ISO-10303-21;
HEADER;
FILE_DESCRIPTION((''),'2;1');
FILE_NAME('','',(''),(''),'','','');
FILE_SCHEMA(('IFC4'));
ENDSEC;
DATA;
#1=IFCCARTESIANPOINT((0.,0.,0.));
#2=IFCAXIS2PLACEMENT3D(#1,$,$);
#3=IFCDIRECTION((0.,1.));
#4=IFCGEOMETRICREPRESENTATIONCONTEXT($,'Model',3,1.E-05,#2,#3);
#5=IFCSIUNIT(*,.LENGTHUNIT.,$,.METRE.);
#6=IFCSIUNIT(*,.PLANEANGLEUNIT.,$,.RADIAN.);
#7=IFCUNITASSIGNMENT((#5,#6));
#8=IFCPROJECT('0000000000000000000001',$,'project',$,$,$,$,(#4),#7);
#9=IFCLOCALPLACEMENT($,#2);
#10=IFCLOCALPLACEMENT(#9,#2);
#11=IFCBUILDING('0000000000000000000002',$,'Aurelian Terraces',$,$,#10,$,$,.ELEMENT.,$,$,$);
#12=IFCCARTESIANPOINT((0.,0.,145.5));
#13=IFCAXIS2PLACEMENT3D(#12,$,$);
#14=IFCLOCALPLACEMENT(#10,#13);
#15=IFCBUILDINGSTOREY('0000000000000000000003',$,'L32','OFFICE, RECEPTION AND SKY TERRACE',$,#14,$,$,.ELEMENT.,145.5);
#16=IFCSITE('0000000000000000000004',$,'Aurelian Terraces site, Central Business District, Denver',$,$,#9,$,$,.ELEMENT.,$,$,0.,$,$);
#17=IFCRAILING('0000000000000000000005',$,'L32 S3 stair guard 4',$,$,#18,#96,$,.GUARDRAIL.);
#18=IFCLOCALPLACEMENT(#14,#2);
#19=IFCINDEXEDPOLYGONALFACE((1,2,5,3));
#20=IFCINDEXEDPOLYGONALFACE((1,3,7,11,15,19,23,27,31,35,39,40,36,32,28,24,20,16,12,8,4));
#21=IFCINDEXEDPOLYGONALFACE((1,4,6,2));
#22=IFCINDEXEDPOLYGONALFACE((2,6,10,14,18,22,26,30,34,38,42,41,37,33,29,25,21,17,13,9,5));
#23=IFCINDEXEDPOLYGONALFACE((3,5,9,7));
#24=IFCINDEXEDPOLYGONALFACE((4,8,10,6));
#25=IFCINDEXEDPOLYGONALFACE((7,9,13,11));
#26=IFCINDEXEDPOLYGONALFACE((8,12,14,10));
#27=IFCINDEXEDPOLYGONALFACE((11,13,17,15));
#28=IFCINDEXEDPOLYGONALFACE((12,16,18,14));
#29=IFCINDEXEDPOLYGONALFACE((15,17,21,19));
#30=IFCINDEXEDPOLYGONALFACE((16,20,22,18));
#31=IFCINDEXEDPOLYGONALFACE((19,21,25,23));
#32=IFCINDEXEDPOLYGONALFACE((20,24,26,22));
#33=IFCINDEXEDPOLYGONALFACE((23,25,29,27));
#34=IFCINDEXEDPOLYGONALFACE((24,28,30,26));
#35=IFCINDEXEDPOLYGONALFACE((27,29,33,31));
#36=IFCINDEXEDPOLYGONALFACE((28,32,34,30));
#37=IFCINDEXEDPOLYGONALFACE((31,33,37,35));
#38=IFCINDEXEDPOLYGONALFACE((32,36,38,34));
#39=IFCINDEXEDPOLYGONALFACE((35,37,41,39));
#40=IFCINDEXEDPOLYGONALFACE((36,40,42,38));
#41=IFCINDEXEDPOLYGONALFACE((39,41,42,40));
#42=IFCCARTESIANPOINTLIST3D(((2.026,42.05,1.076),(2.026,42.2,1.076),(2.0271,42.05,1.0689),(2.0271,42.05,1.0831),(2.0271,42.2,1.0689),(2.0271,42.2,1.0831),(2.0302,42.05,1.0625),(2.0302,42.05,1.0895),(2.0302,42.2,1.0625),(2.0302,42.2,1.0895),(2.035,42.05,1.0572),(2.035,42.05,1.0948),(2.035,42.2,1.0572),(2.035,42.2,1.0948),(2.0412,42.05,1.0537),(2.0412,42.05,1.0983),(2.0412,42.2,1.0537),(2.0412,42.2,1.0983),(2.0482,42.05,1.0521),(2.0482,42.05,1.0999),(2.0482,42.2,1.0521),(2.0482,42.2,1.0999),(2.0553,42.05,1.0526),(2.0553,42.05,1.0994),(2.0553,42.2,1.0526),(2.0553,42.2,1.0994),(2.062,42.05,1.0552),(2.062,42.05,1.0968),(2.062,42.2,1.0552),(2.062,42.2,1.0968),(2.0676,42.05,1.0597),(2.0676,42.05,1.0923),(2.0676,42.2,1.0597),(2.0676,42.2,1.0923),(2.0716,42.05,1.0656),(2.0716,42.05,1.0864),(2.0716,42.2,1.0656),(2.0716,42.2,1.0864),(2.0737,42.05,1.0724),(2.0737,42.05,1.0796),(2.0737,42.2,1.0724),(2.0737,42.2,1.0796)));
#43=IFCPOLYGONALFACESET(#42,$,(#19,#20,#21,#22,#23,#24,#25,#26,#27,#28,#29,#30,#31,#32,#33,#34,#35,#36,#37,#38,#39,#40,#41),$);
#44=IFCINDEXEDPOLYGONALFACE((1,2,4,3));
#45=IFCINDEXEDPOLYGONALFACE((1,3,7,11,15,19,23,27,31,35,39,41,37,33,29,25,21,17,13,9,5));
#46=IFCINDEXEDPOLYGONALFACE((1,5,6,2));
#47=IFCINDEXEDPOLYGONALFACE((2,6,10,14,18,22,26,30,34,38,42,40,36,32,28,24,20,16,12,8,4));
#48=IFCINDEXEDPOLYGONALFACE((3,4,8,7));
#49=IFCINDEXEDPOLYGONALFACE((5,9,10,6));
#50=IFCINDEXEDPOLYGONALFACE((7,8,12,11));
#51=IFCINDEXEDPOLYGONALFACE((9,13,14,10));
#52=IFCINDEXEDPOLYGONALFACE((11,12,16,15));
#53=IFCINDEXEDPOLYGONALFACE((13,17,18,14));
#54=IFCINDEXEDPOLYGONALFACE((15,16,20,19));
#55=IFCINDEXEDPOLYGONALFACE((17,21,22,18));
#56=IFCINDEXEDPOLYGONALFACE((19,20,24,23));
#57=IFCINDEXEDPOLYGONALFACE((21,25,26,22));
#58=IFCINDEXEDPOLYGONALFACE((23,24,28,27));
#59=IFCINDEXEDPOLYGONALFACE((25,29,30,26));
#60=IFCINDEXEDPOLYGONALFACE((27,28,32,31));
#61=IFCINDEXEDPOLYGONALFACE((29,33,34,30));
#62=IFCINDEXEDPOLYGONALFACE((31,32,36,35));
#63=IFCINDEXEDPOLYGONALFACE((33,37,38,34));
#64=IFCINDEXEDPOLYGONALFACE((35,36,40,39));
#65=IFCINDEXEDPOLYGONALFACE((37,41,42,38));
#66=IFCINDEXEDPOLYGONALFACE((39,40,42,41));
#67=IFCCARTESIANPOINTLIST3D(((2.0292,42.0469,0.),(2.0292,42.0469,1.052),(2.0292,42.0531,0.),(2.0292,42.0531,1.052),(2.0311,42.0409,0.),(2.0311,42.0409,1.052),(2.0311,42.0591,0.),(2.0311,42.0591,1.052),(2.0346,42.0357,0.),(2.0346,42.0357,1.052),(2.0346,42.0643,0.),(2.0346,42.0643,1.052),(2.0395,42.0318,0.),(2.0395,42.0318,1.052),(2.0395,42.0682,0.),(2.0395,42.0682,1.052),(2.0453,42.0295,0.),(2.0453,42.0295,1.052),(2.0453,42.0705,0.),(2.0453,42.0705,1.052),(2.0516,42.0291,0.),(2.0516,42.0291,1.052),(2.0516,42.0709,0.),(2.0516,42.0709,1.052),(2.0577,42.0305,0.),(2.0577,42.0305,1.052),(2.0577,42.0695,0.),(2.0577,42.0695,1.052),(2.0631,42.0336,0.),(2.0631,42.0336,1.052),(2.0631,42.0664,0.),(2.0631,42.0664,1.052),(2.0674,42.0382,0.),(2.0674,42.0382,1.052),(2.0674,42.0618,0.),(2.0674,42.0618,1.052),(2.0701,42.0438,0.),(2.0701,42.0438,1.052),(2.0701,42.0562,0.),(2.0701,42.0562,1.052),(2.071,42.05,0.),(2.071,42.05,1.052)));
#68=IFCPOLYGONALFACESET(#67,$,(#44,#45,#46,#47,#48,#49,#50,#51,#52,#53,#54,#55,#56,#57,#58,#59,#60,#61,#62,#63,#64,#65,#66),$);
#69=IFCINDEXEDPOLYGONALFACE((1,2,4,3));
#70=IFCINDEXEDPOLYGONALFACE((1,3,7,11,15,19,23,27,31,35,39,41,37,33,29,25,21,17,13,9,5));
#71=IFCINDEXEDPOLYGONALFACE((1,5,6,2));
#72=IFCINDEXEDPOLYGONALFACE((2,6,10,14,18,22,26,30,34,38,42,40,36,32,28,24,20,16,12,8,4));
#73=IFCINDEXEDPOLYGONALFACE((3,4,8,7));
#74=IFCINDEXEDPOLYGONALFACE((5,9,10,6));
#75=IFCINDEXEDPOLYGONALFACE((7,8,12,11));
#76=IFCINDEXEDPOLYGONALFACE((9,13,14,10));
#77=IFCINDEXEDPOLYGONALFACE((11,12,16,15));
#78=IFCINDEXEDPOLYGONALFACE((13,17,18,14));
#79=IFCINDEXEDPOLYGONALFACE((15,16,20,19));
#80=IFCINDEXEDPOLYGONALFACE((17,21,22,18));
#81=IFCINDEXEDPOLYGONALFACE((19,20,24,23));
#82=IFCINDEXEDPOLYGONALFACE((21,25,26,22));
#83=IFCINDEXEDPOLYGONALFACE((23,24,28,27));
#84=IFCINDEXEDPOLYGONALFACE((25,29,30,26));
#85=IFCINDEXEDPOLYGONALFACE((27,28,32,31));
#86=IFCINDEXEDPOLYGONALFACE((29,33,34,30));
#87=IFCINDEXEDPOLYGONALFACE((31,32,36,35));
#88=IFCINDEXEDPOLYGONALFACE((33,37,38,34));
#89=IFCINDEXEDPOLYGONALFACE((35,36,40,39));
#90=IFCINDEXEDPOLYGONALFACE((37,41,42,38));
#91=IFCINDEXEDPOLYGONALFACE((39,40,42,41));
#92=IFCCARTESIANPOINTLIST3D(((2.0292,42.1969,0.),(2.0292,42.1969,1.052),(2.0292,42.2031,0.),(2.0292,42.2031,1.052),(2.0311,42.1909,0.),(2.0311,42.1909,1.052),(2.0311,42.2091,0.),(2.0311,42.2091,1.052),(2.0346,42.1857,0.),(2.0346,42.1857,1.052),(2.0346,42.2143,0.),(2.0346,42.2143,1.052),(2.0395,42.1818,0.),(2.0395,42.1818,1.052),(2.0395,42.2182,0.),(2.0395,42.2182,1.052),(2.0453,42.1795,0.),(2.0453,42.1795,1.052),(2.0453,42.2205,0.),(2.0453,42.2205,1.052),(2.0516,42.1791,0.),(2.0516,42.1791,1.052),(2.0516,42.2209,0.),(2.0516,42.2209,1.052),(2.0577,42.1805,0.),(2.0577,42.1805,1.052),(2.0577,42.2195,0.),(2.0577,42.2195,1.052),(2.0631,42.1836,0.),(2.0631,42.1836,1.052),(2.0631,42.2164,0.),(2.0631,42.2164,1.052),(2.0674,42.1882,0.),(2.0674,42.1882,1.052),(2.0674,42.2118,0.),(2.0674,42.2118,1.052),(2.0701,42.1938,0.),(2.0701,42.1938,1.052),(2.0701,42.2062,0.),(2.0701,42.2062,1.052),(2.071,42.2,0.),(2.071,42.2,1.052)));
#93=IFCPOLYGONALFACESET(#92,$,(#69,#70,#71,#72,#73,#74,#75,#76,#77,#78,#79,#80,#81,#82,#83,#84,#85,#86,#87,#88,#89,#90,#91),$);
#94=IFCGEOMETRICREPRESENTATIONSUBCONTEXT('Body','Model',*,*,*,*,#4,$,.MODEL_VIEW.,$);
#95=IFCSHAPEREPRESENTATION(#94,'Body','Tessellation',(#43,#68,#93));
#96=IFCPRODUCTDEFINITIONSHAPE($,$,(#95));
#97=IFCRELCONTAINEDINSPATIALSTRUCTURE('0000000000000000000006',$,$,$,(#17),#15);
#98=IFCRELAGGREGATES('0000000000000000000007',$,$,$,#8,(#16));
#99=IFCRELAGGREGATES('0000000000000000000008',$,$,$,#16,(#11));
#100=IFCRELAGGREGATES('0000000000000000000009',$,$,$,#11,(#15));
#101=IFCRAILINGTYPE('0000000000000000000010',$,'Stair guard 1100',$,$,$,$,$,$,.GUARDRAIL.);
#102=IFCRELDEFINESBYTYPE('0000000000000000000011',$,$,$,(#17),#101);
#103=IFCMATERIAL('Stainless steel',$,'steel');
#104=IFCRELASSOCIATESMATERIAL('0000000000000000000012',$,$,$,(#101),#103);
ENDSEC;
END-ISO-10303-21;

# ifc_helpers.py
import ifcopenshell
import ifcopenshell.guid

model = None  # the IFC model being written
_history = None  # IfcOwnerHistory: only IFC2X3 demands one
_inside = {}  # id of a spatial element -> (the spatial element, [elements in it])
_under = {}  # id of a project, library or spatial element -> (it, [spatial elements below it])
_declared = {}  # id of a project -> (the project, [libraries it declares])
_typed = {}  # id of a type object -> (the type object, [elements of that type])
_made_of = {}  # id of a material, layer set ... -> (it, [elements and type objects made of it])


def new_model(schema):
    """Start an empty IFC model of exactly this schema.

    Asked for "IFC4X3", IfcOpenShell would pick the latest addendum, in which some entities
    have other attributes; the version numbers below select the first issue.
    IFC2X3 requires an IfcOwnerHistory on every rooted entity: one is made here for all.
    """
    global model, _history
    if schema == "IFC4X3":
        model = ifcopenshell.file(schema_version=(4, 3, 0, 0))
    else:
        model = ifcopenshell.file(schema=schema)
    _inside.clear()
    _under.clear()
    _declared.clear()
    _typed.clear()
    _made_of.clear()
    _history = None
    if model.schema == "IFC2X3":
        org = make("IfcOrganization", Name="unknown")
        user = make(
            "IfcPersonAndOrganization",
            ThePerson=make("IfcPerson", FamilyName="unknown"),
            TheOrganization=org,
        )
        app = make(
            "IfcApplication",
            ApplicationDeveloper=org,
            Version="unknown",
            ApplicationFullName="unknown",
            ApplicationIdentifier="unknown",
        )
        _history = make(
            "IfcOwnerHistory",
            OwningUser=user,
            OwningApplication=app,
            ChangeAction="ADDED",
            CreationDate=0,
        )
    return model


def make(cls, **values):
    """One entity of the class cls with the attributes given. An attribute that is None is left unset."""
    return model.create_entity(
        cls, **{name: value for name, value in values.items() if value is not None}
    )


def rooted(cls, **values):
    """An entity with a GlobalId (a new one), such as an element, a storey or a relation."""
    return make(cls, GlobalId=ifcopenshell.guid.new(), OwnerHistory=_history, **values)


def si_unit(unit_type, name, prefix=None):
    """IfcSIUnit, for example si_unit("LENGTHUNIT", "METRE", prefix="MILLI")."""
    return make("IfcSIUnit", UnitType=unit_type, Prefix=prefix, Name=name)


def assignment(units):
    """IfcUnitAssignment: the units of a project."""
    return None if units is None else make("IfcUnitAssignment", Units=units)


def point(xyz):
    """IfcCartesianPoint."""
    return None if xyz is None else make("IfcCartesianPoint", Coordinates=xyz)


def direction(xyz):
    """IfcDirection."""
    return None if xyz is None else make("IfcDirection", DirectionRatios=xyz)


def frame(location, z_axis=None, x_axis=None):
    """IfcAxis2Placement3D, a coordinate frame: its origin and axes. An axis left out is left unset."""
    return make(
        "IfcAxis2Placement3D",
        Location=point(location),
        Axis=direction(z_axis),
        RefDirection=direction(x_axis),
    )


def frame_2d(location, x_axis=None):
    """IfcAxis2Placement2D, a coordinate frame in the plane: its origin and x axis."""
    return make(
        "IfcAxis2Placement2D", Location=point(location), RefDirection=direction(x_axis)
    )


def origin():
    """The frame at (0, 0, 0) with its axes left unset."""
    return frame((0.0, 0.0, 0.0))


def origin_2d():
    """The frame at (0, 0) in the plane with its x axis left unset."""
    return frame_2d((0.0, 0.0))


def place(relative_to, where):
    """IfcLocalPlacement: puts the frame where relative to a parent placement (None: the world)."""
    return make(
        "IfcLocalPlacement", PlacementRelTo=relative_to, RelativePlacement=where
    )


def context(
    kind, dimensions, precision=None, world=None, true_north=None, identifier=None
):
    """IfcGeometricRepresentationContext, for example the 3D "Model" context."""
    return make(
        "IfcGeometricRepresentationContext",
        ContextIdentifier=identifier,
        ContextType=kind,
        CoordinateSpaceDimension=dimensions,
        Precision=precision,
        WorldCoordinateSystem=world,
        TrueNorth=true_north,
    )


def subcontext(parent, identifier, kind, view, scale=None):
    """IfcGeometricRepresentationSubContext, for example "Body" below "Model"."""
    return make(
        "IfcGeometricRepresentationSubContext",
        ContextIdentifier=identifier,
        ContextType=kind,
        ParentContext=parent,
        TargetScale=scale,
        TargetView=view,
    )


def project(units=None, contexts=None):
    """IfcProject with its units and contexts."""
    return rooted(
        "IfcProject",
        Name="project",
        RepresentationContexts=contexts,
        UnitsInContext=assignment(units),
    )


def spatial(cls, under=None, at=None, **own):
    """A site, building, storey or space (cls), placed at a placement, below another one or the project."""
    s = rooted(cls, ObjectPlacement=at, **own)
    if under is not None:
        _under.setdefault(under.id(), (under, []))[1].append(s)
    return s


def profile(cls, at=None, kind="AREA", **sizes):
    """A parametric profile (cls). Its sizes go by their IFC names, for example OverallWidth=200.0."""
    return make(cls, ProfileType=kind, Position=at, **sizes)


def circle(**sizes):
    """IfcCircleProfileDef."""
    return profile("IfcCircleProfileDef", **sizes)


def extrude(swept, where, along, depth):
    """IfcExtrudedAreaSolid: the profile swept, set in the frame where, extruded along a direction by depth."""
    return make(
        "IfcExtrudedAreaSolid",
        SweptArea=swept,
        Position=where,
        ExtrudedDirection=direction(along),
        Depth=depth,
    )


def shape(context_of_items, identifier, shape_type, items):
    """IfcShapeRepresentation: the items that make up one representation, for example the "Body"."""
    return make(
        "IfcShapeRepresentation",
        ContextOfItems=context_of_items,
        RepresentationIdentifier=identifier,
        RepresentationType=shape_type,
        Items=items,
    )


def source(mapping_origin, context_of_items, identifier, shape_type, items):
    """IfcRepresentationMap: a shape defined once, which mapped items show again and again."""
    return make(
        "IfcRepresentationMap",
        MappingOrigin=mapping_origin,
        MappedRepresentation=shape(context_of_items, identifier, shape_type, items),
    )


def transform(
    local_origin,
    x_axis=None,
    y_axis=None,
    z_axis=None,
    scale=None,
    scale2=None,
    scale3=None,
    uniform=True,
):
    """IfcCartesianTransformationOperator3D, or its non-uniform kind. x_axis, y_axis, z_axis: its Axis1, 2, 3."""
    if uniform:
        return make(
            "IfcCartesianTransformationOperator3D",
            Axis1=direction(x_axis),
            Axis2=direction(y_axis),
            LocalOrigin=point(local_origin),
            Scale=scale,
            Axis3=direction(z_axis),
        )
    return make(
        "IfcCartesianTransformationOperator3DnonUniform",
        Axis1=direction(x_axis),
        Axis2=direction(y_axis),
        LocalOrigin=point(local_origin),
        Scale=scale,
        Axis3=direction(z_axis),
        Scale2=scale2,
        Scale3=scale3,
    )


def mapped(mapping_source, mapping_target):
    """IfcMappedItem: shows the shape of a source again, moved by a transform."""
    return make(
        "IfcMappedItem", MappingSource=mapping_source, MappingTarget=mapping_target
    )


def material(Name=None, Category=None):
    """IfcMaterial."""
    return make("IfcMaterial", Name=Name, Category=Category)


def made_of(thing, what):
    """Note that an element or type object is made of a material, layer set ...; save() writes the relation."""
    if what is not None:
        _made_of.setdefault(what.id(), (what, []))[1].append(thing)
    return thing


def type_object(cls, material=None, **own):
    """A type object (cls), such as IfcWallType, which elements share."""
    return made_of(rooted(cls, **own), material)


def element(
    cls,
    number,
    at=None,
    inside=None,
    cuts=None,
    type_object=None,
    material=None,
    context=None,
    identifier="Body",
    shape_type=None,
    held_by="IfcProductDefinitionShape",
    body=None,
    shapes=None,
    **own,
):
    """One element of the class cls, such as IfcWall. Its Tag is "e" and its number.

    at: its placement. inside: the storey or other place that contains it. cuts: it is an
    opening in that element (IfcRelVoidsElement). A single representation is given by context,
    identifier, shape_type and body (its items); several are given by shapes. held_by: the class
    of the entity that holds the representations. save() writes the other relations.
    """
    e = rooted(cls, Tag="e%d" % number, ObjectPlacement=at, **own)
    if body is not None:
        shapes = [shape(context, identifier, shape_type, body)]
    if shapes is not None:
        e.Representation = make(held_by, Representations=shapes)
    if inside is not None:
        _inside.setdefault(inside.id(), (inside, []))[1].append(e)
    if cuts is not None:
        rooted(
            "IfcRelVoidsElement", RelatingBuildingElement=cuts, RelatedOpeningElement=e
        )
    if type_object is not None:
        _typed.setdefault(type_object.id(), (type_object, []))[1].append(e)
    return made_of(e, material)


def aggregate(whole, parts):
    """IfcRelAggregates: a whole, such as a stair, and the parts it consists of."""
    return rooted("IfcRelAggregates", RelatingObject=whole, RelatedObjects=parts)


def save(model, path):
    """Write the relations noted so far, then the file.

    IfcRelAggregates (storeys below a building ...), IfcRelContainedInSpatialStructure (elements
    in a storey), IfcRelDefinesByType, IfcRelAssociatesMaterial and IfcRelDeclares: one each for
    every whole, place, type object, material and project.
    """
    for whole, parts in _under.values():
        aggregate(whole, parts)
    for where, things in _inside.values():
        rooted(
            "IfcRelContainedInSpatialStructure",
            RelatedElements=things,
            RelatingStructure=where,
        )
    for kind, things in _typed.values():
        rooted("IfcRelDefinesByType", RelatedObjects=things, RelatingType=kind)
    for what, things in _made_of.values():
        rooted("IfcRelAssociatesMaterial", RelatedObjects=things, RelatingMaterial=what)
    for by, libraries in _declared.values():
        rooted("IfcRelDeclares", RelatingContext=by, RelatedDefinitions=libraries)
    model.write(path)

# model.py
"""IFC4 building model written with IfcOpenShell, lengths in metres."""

from ifc_helpers import new_model, si_unit, direction, frame, origin, origin_2d, place, context, subcontext, project, spatial, circle, extrude, source, transform, mapped, material, type_object, element, save


model = new_model("IFC4")

# Units and contexts
model_context = context("Model", 3, precision=1e-05, world=origin(), true_north=direction((0.0, 1.0)))
body_context = subcontext(model_context, "Body", "Model", "MODEL_VIEW")
ifc_project = project(units=[si_unit("LENGTHUNIT", "METRE"), si_unit("PLANEANGLEUNIT", "RADIAN")], contexts=[model_context])

# Site, building, storey
site_placement = place(None, origin())
site = spatial("IfcSite", under=ifc_project, at=site_placement, Name="Aurelian Terraces site, Central Business District, Denver", CompositionType="ELEMENT", RefElevation=0.0)
building_placement = place(site_placement, origin())
building = spatial("IfcBuilding", under=site, at=building_placement, Name="Aurelian Terraces", CompositionType="ELEMENT")
storey_placement = place(building_placement, frame((0.0, 0.0, 145.5)))
storey = spatial("IfcBuildingStorey", under=building, at=storey_placement, Name="L32", Description="OFFICE, RECEPTION AND SKY TERRACE", CompositionType="ELEMENT", Elevation=145.5)

# Railing
ifc_material_1 = material(Name="Stainless steel", Category="steel")
railing_type_1 = type_object("IfcRailingType", Name="Stair guard 1100", PredefinedType="GUARDRAIL", material=ifc_material_1)
shared_shape_1 = source(origin(), body_context, "Body", "SweptSolid", [
    extrude(circle(Radius=0.024, at=origin_2d()), frame((0.0, 0.0, 1.076), z_axis=(0.0, 1.0, 0.0), x_axis=(-1.0, 0.0, 0.0)), (0.0, 0.0, 1.0), 0.15),
    extrude(circle(Radius=0.021, at=origin_2d()), origin(), (0.0, 0.0, 1.0), 1.052),
    extrude(circle(Radius=0.021, at=origin_2d()), frame((0.0, 0.15, 0.0)), (0.0, 0.0, 1.0), 1.052),
])
for number, where, name in (
    (1, (2.05, 42.05, 0.0), "L32 S3 stair guard 4"),
):
    element("IfcRailing", number, at=place(storey_placement, frame(where)), inside=storey, type_object=railing_type_1, Name=name, PredefinedType="GUARDRAIL", context=body_context, shape_type="MappedRepresentation", body=[
        mapped(shared_shape_1, transform((0.0, 0.0, 0.0), scale=1.0)),
    ])

save(model, "model.ifc")
